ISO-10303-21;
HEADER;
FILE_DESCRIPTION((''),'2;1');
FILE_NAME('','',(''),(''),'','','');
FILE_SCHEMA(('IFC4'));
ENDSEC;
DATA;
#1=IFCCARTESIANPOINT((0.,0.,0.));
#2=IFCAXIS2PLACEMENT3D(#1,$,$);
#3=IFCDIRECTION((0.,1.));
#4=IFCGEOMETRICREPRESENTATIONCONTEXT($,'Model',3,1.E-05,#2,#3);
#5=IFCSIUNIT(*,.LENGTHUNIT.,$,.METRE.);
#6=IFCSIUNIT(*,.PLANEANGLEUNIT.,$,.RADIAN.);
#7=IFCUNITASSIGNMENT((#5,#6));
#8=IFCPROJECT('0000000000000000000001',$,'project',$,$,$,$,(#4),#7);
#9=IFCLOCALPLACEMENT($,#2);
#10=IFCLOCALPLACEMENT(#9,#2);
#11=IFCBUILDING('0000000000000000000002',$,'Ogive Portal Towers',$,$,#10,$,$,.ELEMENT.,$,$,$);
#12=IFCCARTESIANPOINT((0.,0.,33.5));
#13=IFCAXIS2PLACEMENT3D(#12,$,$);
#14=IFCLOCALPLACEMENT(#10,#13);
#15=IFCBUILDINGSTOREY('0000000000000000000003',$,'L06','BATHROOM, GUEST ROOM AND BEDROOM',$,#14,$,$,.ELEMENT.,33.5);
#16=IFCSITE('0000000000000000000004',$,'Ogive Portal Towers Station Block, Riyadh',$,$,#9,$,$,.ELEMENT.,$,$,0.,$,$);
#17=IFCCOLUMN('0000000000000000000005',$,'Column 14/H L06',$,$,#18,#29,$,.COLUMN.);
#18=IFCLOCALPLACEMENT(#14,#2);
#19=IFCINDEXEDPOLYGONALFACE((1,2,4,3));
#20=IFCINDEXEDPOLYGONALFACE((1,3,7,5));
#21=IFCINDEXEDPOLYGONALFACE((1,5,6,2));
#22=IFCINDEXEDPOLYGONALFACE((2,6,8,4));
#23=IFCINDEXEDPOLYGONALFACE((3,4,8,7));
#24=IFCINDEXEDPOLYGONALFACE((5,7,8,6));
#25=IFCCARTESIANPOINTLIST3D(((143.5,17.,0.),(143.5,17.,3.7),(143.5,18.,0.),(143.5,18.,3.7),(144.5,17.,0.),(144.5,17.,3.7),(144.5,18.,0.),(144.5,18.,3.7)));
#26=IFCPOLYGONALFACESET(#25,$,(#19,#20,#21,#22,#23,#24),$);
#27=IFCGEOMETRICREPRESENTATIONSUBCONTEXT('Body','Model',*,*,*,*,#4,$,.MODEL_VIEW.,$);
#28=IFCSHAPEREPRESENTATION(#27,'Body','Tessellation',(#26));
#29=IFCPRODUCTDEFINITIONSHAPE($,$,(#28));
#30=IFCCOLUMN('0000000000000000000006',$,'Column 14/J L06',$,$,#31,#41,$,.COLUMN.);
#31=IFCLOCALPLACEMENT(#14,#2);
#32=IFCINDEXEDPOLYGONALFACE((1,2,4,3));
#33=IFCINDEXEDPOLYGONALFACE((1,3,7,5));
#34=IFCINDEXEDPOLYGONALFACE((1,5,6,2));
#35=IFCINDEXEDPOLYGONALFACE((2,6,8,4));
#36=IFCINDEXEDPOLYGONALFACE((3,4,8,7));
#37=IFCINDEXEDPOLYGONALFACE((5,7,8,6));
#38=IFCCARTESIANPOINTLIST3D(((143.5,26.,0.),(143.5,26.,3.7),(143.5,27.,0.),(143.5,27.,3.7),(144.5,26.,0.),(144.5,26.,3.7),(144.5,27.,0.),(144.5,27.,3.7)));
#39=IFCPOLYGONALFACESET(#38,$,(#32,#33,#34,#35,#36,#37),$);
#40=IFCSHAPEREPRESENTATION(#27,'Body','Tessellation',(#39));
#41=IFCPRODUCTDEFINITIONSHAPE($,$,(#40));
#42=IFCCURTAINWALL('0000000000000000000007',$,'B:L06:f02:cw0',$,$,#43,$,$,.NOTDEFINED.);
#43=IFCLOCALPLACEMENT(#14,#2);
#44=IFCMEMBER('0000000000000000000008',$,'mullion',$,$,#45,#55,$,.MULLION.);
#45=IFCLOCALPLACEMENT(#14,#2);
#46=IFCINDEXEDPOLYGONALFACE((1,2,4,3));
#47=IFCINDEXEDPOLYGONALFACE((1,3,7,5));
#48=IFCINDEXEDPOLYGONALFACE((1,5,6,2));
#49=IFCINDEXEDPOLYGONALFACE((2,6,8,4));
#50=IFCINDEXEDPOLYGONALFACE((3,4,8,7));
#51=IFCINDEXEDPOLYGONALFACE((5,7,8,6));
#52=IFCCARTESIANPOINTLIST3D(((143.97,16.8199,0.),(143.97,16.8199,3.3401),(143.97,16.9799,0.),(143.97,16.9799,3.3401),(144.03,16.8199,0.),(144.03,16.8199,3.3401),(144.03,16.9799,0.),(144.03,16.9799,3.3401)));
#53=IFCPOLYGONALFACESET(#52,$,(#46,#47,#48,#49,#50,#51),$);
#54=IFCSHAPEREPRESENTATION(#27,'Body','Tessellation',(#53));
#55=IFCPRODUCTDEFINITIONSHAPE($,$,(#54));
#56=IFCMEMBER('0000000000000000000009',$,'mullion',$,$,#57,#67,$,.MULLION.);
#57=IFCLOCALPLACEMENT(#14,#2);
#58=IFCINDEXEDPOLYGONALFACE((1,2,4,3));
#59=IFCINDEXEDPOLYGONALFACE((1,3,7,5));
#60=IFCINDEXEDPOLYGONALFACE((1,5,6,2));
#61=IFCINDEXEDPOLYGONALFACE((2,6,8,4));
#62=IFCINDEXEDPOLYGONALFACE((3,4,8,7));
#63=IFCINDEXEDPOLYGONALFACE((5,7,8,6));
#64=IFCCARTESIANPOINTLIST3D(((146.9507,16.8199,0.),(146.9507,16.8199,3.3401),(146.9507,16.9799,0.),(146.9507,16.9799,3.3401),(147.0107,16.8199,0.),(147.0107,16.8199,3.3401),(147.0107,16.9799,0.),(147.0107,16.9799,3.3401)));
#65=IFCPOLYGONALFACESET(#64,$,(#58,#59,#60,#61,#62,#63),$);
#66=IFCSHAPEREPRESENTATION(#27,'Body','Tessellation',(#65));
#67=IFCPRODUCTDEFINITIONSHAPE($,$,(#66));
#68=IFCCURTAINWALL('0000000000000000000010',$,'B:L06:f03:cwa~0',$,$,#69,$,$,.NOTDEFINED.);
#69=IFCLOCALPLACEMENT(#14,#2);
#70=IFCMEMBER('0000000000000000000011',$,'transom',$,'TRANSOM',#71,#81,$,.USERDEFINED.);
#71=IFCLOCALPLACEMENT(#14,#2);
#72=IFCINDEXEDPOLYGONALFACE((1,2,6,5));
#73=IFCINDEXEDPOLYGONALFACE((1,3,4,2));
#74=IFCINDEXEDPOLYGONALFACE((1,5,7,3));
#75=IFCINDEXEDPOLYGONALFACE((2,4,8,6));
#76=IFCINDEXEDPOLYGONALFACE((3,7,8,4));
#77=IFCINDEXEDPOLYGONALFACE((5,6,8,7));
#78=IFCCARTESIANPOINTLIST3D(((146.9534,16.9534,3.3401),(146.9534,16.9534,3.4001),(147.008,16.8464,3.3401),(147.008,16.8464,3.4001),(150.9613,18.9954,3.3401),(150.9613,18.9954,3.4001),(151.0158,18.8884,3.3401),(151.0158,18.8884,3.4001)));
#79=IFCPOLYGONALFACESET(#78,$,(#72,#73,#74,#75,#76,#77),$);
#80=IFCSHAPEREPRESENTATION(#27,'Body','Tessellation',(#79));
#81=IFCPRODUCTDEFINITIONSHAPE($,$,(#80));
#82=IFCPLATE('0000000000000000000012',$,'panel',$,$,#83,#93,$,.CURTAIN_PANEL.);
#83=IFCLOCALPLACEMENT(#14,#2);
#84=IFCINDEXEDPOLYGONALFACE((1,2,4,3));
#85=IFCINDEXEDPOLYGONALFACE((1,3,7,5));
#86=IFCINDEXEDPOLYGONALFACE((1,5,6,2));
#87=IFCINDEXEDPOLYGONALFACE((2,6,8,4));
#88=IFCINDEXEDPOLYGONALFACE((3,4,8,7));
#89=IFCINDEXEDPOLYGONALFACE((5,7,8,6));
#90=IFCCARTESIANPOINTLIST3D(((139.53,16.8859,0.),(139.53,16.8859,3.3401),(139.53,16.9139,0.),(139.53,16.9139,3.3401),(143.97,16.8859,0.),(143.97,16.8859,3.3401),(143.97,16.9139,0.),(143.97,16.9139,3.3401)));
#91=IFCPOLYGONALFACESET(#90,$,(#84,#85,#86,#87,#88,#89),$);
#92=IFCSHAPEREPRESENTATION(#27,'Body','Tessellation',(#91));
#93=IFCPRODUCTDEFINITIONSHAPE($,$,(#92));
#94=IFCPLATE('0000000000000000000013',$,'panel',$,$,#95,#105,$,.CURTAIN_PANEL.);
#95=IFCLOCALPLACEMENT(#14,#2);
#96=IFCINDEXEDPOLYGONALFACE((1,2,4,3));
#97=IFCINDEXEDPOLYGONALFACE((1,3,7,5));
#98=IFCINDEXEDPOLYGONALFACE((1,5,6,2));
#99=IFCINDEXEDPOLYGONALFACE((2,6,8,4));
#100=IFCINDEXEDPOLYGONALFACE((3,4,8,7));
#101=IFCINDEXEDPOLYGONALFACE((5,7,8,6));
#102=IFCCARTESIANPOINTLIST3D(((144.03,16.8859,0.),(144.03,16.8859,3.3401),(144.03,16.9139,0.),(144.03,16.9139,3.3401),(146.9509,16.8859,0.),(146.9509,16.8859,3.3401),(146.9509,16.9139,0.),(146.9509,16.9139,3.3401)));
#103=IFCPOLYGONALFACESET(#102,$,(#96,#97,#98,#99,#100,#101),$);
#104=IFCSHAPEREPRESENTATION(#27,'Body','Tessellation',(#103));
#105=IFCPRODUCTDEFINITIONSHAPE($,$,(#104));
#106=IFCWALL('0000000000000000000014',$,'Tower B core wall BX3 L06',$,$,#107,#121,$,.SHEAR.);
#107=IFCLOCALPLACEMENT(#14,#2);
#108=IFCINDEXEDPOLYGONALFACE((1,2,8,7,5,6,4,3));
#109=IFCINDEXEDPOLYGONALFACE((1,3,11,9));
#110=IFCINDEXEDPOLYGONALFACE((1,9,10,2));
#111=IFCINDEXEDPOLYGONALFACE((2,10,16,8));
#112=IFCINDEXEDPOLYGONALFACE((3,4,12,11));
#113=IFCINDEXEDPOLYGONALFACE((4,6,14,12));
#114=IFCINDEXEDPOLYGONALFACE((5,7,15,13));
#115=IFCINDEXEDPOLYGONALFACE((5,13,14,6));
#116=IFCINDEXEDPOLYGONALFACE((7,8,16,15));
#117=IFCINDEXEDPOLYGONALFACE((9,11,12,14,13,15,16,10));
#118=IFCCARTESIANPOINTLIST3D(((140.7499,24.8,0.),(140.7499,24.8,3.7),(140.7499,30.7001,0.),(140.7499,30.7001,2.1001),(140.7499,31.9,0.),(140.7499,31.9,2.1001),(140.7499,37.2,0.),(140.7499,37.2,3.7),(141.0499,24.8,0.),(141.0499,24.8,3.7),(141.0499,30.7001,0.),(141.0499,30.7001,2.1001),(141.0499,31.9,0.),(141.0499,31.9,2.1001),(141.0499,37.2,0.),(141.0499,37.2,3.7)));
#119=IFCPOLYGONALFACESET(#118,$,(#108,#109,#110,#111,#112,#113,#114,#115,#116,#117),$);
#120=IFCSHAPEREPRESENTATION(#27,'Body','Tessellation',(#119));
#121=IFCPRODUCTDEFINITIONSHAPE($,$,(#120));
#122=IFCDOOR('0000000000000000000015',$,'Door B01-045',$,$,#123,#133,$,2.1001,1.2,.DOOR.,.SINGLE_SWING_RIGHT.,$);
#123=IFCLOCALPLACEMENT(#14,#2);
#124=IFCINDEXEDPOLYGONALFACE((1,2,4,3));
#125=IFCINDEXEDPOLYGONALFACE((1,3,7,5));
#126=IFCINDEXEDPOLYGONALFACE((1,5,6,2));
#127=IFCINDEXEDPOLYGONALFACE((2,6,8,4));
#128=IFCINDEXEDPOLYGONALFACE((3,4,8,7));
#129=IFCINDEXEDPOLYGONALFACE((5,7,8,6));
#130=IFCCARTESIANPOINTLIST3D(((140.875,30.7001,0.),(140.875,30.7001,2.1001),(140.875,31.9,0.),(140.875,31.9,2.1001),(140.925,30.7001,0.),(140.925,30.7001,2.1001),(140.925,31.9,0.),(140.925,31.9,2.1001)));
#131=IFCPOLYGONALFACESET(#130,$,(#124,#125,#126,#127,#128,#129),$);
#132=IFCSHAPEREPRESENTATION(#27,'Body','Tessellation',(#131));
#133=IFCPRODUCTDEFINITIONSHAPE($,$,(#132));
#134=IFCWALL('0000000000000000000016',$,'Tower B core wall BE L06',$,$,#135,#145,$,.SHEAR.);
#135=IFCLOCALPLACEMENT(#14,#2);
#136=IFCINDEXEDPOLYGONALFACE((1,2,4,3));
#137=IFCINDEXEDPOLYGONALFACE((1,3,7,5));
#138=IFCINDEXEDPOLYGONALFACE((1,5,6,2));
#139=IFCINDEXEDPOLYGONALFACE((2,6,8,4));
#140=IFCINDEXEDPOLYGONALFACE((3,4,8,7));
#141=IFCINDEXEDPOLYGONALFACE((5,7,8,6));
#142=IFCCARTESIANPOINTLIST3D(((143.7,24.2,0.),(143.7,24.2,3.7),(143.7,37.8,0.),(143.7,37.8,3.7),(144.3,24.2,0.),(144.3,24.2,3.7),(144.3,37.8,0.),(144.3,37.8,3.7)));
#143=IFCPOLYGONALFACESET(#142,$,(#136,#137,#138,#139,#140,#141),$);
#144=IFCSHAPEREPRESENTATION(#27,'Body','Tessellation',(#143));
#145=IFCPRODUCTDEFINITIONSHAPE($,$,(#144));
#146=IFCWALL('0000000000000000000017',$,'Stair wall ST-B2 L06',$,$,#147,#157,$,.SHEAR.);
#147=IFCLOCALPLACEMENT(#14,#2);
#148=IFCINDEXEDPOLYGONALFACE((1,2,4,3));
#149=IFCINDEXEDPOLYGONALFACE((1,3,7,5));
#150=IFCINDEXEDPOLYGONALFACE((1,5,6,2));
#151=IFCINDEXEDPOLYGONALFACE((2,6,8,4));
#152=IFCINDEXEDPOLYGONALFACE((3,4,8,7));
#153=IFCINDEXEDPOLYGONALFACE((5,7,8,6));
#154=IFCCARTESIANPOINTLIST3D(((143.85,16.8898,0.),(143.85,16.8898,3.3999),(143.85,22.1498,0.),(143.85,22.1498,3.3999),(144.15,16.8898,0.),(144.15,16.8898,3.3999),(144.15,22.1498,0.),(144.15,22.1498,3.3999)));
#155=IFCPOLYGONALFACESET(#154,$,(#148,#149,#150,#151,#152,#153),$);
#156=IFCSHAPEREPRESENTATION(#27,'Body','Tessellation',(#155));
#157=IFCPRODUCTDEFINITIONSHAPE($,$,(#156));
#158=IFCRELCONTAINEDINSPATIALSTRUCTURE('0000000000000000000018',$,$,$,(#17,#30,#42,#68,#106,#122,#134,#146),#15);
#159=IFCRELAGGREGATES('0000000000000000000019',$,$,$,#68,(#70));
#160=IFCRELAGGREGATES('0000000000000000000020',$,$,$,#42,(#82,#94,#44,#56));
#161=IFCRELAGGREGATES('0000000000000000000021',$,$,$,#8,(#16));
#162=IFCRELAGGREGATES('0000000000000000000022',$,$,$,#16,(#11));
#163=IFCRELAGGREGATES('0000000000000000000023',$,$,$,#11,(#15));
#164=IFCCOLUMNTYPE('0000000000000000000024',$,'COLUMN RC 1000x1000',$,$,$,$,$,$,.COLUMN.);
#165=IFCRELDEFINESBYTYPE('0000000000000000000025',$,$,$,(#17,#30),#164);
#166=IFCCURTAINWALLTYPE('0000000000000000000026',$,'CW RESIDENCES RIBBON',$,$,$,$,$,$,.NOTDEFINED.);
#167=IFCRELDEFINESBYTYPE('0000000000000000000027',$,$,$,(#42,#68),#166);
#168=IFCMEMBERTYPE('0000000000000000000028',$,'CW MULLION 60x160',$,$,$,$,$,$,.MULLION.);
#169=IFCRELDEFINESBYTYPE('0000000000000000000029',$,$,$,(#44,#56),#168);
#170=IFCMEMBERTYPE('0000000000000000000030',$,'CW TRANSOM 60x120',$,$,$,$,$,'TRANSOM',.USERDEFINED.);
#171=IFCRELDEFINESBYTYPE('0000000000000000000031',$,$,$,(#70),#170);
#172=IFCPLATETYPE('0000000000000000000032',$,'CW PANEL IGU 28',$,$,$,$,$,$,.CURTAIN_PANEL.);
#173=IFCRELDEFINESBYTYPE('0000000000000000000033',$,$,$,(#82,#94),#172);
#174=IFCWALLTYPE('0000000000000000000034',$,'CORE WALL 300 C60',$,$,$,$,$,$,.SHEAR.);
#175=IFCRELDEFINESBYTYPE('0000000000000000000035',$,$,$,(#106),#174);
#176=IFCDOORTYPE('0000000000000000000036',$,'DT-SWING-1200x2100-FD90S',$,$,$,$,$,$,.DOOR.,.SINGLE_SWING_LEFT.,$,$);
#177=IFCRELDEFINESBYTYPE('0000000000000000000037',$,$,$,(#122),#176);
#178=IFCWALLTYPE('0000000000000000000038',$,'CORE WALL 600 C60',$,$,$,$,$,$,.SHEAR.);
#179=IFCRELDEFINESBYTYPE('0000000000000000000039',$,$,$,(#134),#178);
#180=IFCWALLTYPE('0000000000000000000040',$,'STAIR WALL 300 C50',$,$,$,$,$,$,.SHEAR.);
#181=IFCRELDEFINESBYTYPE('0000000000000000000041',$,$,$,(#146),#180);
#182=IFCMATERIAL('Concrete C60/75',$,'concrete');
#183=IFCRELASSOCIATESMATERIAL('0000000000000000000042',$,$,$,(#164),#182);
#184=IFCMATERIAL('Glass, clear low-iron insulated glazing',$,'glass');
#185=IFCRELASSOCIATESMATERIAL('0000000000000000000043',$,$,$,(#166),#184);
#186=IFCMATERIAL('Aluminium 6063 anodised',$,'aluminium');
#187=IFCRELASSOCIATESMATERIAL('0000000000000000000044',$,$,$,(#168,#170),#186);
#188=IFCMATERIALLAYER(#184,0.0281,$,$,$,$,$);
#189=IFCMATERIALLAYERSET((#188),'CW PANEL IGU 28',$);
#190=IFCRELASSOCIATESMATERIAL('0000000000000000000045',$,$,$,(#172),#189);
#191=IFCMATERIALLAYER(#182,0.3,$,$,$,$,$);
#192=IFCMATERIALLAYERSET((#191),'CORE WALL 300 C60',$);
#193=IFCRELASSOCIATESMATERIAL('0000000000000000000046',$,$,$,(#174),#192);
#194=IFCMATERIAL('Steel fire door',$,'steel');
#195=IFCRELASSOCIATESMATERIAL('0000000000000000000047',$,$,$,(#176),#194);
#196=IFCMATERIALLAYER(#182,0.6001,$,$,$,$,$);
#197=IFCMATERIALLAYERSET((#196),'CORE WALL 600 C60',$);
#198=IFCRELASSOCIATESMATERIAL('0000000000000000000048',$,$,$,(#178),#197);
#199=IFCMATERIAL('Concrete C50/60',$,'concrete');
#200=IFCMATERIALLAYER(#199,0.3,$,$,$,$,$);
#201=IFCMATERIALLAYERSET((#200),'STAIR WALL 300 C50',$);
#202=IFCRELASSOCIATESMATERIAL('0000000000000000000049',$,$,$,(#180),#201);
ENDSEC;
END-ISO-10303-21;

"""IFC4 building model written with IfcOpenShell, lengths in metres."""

from ifc_helpers import new_model, si_unit, direction, frame, frame_2d, origin, origin_2d, place, context, subcontext, project, spatial, rectangle, extrude, material, layer, layer_set, material_profile, profile_set, type_object, element, fill, aggregate, save


model = new_model("IFC4")

# Units and contexts
model_context = context("Model", 3, precision=1e-05, world=origin(), true_north=direction((0.0, 1.0)))
body_context = subcontext(model_context, "Body", "Model", "MODEL_VIEW")
ifc_project = project(units=[si_unit("LENGTHUNIT", "METRE"), si_unit("PLANEANGLEUNIT", "RADIAN")], contexts=[model_context])

# Site, building, storey
site_placement = place(None, origin())
site = spatial("IfcSite", under=ifc_project, at=site_placement, Name="Ogive Portal Towers Station Block, Riyadh", CompositionType="ELEMENT", RefElevation=0.0)
building_placement = place(site_placement, origin())
building = spatial("IfcBuilding", under=site, at=building_placement, Name="Ogive Portal Towers", CompositionType="ELEMENT")
storey_placement = place(building_placement, frame((0.0, 0.0, 33.5)))
storey = spatial("IfcBuildingStorey", under=building, at=storey_placement, Name="L06", Description="BATHROOM, GUEST ROOM AND BEDROOM", CompositionType="ELEMENT", Elevation=33.5)

# Columns
ifc_material_1 = material(Name="Concrete C60/75", Category="concrete")
ifc_material_profile_1 = material_profile(ifc_material_1, rectangle(XDim=1.0, YDim=1.0, at=origin_2d()), Name="RC 1000x1000")
ifc_profile_set_1 = profile_set([ifc_material_profile_1], Name="Concrete C60/75")
column_type = type_object("IfcColumnType", Name="COLUMN RC 1000x1000", PredefinedType="COLUMN", material=ifc_profile_set_1)
for number, where, z_axis, x_axis, name in (
    (1, (144.0, 17.5, 0.0), (0.0, 0.0, 1.0), (1.0, 0.0, 0.0), "Column 14/H L06"),
    (2, (144.0, 26.5, 0.0), (0.0, 0.0, 1.0), (1.0, 0.0, 0.0), "Column 14/J L06"),
):
    element("IfcColumn", number, at=place(storey_placement, frame(where, z_axis=z_axis, x_axis=x_axis)), inside=storey, type_object=column_type, Name=name, PredefinedType="COLUMN", context=body_context, shape_type="SweptSolid", body=[
        extrude(rectangle(XDim=1.0, YDim=1.0, at=origin_2d()), origin(), (0.0, 0.0, 1.0), 3.7),
    ])

# Curtain wall, members
ifc_material_2 = material(Name="Glass, clear low-iron insulated glazing", Category="glass")
curtain_wall_type = type_object("IfcCurtainWallType", Name="CW RESIDENCES RIBBON", PredefinedType="NOTDEFINED", material=ifc_material_2)
curtain_wall_1_placement = place(storey_placement, origin())
curtain_wall_1 = element("IfcCurtainWall", 3, at=curtain_wall_1_placement, inside=storey, type_object=curtain_wall_type, Name="B:L06:f02:cw0", PredefinedType="NOTDEFINED")
ifc_material_3 = material(Name="Aluminium 6063 anodised", Category="aluminium")
ifc_material_profile_2 = material_profile(ifc_material_3, rectangle(XDim=0.1599, YDim=0.0601, at=origin_2d()), Name="AL 60x160")
ifc_profile_set_2 = profile_set([ifc_material_profile_2], Name="Aluminium 6063 anodised")
member_type_1 = type_object("IfcMemberType", Name="CW MULLION 60x160", PredefinedType="MULLION", material=ifc_profile_set_2)
member_1_placement = place(storey_placement, frame((144.0, 16.8999, 0.0), z_axis=(0.0, 0.0, 1.0), x_axis=(0.0, 1.0, 0.0)))
member_1 = element("IfcMember", 4, at=member_1_placement, type_object=member_type_1, Name="mullion", PredefinedType="MULLION", context=body_context, shape_type="SweptSolid", body=[
    extrude(rectangle(XDim=0.1599, YDim=0.0601, at=origin_2d()), origin(), (0.0, 0.0, 1.0), 3.3401),
])
member_2_placement = place(storey_placement, frame((146.9807, 16.8999, 0.0), z_axis=(0.0, 0.0, 1.0), x_axis=(0.0, 1.0, 0.0)))
member_2 = element("IfcMember", 5, at=member_2_placement, type_object=member_type_1, Name="mullion", PredefinedType="MULLION", context=body_context, shape_type="SweptSolid", body=[
    extrude(rectangle(XDim=0.1599, YDim=0.0601, at=origin_2d()), origin(), (0.0, 0.0, 1.0), 3.3401),
])

# Curtain wall, member
curtain_wall_2_placement = place(storey_placement, origin())
curtain_wall_2 = element("IfcCurtainWall", 6, at=curtain_wall_2_placement, inside=storey, type_object=curtain_wall_type, Name="B:L06:f03:cwa~0", PredefinedType="NOTDEFINED")
ifc_material_profile_3 = material_profile(ifc_material_3, rectangle(XDim=0.1201, YDim=0.0601, at=origin_2d()), Name="AL 120x60")
ifc_profile_set_3 = profile_set([ifc_material_profile_3], Name="Aluminium 6063 anodised")
member_type_2 = type_object("IfcMemberType", Name="CW TRANSOM 60x120", ElementType="TRANSOM", PredefinedType="USERDEFINED", material=ifc_profile_set_3)
member_3_placement = place(storey_placement, frame((146.9807, 16.8999, 3.3701), z_axis=(0.891015, 0.453975, 0.0), x_axis=(-0.453975, 0.891015, 0.0)))
member_3 = element("IfcMember", 7, at=member_3_placement, type_object=member_type_2, Name="transom", ObjectType="TRANSOM", PredefinedType="USERDEFINED", context=body_context, shape_type="SweptSolid", body=[
    extrude(rectangle(XDim=0.1201, YDim=0.0601, at=origin_2d()), origin(), (0.0, 0.0, 1.0), 4.498),
])
aggregate(curtain_wall_2, [member_3])

# Plates
ifc_layer_1 = layer(ifc_material_2, 0.0281)
ifc_layer_set_1 = layer_set([ifc_layer_1], Name="CW PANEL IGU 28")
plate_type = type_object("IfcPlateType", Name="CW PANEL IGU 28", PredefinedType="CURTAIN_PANEL", material=ifc_layer_set_1)
plate_1_placement = place(storey_placement, frame((141.75, 16.8999, 0.0), z_axis=(0.0, 0.0, 1.0), x_axis=(1.0, 0.0, 0.0)))
plate_1 = element("IfcPlate", 8, at=plate_1_placement, type_object=plate_type, Name="panel", PredefinedType="CURTAIN_PANEL", context=body_context, shape_type="SweptSolid", body=[
    extrude(rectangle(XDim=4.4399, YDim=0.0281, at=origin_2d()), origin(), (0.0, 0.0, 1.0), 3.3401),
])
plate_2_placement = place(storey_placement, frame((145.4905, 16.8999, 0.0), z_axis=(0.0, 0.0, 1.0), x_axis=(1.0, 0.0, 0.0)))
plate_2 = element("IfcPlate", 9, at=plate_2_placement, type_object=plate_type, Name="panel", PredefinedType="CURTAIN_PANEL", context=body_context, shape_type="SweptSolid", body=[
    extrude(rectangle(XDim=2.9209, YDim=0.0281, at=origin_2d()), origin(), (0.0, 0.0, 1.0), 3.3401),
])
aggregate(curtain_wall_1, [plate_1, plate_2, member_1, member_2])

# Wall, opening, door
ifc_layer_2 = layer(ifc_material_1, 0.3)
ifc_layer_set_2 = layer_set([ifc_layer_2], Name="CORE WALL 300 C60")
wall_type_1 = type_object("IfcWallType", Name="CORE WALL 300 C60", PredefinedType="SHEAR", material=ifc_layer_set_2)
wall_1_placement = place(storey_placement, frame((140.8999, 24.8, 0.0), z_axis=(0.0, 0.0, 1.0), x_axis=(0.0, 1.0, 0.0)))
wall_1 = element("IfcWall", 10, at=wall_1_placement, inside=storey, type_object=wall_type_1, Name="Tower B core wall BX3 L06", PredefinedType="SHEAR", context=body_context, shape_type="SweptSolid", body=[
    extrude(rectangle(XDim=12.3999, YDim=0.3, at=frame_2d((6.2, 0.0))), origin(), (0.0, 0.0, 1.0), 3.7),
])
opening_1_placement = place(wall_1_placement, frame((5.8999, 0.0, 0.0)))
opening_1 = element("IfcOpeningElement", 11, at=opening_1_placement, cuts=wall_1, PredefinedType="OPENING", context=body_context, shape_type="SweptSolid", body=[
    extrude(rectangle(XDim=1.2, YDim=2.1001, at=frame_2d((0.6001, 1.05))), frame((0.0, 0.1602, 0.0), z_axis=(0.0, -1.0, 0.0), x_axis=(1.0, 0.0, 0.0)), (0.0, 0.0, 1.0), 0.3201),
])
ifc_material_4 = material(Name="Steel fire door", Category="steel")
door_type_1 = type_object("IfcDoorType", Name="DT-SWING-1200x2100-FD90S", OperationType="SINGLE_SWING_LEFT", PredefinedType="DOOR", material=ifc_material_4)
door_1_placement = place(opening_1_placement, origin())
door_1 = element("IfcDoor", 12, at=door_1_placement, inside=storey, type_object=door_type_1, Name="Door B01-045", OperationType="SINGLE_SWING_RIGHT", OverallHeight=2.1001, OverallWidth=1.2, PredefinedType="DOOR", context=body_context, shape_type="SweptSolid", body=[
    extrude(rectangle(XDim=1.2, YDim=2.1001, at=frame_2d((0.6001, 1.05))), frame((0.0, 0.0249, 0.0), z_axis=(0.0, -1.0, 0.0), x_axis=(1.0, 0.0, 0.0)), (0.0, 0.0, 1.0), 0.05),
])
fill(opening_1, door_1)

# Walls
ifc_layer_3 = layer(ifc_material_1, 0.6001)
ifc_layer_set_3 = layer_set([ifc_layer_3], Name="CORE WALL 600 C60")
wall_type_2 = type_object("IfcWallType", Name="CORE WALL 600 C60", PredefinedType="SHEAR", material=ifc_layer_set_3)
wall_2_placement = place(storey_placement, frame((144.0, 24.2, 0.0), z_axis=(0.0, 0.0, 1.0), x_axis=(0.0, 1.0, 0.0)))
element("IfcWall", 13, at=wall_2_placement, inside=storey, type_object=wall_type_2, Name="Tower B core wall BE L06", PredefinedType="SHEAR", context=body_context, shape_type="SweptSolid", body=[
    extrude(rectangle(XDim=13.6001, YDim=0.6001, at=frame_2d((6.8, 0.0))), origin(), (0.0, 0.0, 1.0), 3.7),
])
ifc_material_5 = material(Name="Concrete C50/60", Category="concrete")
ifc_layer_4 = layer(ifc_material_5, 0.3)
ifc_layer_set_4 = layer_set([ifc_layer_4], Name="STAIR WALL 300 C50")
wall_type_3 = type_object("IfcWallType", Name="STAIR WALL 300 C50", PredefinedType="SHEAR", material=ifc_layer_set_4)
wall_3_placement = place(storey_placement, frame((144.0, 16.8899, 0.0), z_axis=(0.0, 0.0, 1.0), x_axis=(0.0, 1.0, 0.0)))
element("IfcWall", 14, at=wall_3_placement, inside=storey, type_object=wall_type_3, Name="Stair wall ST-B2 L06", PredefinedType="SHEAR", context=body_context, shape_type="SweptSolid", body=[
    extrude(rectangle(XDim=5.26, YDim=0.3, at=frame_2d((2.6299, 0.0))), origin(), (0.0, 0.0, 1.0), 3.3999),
])

save(model, "model.ifc")
